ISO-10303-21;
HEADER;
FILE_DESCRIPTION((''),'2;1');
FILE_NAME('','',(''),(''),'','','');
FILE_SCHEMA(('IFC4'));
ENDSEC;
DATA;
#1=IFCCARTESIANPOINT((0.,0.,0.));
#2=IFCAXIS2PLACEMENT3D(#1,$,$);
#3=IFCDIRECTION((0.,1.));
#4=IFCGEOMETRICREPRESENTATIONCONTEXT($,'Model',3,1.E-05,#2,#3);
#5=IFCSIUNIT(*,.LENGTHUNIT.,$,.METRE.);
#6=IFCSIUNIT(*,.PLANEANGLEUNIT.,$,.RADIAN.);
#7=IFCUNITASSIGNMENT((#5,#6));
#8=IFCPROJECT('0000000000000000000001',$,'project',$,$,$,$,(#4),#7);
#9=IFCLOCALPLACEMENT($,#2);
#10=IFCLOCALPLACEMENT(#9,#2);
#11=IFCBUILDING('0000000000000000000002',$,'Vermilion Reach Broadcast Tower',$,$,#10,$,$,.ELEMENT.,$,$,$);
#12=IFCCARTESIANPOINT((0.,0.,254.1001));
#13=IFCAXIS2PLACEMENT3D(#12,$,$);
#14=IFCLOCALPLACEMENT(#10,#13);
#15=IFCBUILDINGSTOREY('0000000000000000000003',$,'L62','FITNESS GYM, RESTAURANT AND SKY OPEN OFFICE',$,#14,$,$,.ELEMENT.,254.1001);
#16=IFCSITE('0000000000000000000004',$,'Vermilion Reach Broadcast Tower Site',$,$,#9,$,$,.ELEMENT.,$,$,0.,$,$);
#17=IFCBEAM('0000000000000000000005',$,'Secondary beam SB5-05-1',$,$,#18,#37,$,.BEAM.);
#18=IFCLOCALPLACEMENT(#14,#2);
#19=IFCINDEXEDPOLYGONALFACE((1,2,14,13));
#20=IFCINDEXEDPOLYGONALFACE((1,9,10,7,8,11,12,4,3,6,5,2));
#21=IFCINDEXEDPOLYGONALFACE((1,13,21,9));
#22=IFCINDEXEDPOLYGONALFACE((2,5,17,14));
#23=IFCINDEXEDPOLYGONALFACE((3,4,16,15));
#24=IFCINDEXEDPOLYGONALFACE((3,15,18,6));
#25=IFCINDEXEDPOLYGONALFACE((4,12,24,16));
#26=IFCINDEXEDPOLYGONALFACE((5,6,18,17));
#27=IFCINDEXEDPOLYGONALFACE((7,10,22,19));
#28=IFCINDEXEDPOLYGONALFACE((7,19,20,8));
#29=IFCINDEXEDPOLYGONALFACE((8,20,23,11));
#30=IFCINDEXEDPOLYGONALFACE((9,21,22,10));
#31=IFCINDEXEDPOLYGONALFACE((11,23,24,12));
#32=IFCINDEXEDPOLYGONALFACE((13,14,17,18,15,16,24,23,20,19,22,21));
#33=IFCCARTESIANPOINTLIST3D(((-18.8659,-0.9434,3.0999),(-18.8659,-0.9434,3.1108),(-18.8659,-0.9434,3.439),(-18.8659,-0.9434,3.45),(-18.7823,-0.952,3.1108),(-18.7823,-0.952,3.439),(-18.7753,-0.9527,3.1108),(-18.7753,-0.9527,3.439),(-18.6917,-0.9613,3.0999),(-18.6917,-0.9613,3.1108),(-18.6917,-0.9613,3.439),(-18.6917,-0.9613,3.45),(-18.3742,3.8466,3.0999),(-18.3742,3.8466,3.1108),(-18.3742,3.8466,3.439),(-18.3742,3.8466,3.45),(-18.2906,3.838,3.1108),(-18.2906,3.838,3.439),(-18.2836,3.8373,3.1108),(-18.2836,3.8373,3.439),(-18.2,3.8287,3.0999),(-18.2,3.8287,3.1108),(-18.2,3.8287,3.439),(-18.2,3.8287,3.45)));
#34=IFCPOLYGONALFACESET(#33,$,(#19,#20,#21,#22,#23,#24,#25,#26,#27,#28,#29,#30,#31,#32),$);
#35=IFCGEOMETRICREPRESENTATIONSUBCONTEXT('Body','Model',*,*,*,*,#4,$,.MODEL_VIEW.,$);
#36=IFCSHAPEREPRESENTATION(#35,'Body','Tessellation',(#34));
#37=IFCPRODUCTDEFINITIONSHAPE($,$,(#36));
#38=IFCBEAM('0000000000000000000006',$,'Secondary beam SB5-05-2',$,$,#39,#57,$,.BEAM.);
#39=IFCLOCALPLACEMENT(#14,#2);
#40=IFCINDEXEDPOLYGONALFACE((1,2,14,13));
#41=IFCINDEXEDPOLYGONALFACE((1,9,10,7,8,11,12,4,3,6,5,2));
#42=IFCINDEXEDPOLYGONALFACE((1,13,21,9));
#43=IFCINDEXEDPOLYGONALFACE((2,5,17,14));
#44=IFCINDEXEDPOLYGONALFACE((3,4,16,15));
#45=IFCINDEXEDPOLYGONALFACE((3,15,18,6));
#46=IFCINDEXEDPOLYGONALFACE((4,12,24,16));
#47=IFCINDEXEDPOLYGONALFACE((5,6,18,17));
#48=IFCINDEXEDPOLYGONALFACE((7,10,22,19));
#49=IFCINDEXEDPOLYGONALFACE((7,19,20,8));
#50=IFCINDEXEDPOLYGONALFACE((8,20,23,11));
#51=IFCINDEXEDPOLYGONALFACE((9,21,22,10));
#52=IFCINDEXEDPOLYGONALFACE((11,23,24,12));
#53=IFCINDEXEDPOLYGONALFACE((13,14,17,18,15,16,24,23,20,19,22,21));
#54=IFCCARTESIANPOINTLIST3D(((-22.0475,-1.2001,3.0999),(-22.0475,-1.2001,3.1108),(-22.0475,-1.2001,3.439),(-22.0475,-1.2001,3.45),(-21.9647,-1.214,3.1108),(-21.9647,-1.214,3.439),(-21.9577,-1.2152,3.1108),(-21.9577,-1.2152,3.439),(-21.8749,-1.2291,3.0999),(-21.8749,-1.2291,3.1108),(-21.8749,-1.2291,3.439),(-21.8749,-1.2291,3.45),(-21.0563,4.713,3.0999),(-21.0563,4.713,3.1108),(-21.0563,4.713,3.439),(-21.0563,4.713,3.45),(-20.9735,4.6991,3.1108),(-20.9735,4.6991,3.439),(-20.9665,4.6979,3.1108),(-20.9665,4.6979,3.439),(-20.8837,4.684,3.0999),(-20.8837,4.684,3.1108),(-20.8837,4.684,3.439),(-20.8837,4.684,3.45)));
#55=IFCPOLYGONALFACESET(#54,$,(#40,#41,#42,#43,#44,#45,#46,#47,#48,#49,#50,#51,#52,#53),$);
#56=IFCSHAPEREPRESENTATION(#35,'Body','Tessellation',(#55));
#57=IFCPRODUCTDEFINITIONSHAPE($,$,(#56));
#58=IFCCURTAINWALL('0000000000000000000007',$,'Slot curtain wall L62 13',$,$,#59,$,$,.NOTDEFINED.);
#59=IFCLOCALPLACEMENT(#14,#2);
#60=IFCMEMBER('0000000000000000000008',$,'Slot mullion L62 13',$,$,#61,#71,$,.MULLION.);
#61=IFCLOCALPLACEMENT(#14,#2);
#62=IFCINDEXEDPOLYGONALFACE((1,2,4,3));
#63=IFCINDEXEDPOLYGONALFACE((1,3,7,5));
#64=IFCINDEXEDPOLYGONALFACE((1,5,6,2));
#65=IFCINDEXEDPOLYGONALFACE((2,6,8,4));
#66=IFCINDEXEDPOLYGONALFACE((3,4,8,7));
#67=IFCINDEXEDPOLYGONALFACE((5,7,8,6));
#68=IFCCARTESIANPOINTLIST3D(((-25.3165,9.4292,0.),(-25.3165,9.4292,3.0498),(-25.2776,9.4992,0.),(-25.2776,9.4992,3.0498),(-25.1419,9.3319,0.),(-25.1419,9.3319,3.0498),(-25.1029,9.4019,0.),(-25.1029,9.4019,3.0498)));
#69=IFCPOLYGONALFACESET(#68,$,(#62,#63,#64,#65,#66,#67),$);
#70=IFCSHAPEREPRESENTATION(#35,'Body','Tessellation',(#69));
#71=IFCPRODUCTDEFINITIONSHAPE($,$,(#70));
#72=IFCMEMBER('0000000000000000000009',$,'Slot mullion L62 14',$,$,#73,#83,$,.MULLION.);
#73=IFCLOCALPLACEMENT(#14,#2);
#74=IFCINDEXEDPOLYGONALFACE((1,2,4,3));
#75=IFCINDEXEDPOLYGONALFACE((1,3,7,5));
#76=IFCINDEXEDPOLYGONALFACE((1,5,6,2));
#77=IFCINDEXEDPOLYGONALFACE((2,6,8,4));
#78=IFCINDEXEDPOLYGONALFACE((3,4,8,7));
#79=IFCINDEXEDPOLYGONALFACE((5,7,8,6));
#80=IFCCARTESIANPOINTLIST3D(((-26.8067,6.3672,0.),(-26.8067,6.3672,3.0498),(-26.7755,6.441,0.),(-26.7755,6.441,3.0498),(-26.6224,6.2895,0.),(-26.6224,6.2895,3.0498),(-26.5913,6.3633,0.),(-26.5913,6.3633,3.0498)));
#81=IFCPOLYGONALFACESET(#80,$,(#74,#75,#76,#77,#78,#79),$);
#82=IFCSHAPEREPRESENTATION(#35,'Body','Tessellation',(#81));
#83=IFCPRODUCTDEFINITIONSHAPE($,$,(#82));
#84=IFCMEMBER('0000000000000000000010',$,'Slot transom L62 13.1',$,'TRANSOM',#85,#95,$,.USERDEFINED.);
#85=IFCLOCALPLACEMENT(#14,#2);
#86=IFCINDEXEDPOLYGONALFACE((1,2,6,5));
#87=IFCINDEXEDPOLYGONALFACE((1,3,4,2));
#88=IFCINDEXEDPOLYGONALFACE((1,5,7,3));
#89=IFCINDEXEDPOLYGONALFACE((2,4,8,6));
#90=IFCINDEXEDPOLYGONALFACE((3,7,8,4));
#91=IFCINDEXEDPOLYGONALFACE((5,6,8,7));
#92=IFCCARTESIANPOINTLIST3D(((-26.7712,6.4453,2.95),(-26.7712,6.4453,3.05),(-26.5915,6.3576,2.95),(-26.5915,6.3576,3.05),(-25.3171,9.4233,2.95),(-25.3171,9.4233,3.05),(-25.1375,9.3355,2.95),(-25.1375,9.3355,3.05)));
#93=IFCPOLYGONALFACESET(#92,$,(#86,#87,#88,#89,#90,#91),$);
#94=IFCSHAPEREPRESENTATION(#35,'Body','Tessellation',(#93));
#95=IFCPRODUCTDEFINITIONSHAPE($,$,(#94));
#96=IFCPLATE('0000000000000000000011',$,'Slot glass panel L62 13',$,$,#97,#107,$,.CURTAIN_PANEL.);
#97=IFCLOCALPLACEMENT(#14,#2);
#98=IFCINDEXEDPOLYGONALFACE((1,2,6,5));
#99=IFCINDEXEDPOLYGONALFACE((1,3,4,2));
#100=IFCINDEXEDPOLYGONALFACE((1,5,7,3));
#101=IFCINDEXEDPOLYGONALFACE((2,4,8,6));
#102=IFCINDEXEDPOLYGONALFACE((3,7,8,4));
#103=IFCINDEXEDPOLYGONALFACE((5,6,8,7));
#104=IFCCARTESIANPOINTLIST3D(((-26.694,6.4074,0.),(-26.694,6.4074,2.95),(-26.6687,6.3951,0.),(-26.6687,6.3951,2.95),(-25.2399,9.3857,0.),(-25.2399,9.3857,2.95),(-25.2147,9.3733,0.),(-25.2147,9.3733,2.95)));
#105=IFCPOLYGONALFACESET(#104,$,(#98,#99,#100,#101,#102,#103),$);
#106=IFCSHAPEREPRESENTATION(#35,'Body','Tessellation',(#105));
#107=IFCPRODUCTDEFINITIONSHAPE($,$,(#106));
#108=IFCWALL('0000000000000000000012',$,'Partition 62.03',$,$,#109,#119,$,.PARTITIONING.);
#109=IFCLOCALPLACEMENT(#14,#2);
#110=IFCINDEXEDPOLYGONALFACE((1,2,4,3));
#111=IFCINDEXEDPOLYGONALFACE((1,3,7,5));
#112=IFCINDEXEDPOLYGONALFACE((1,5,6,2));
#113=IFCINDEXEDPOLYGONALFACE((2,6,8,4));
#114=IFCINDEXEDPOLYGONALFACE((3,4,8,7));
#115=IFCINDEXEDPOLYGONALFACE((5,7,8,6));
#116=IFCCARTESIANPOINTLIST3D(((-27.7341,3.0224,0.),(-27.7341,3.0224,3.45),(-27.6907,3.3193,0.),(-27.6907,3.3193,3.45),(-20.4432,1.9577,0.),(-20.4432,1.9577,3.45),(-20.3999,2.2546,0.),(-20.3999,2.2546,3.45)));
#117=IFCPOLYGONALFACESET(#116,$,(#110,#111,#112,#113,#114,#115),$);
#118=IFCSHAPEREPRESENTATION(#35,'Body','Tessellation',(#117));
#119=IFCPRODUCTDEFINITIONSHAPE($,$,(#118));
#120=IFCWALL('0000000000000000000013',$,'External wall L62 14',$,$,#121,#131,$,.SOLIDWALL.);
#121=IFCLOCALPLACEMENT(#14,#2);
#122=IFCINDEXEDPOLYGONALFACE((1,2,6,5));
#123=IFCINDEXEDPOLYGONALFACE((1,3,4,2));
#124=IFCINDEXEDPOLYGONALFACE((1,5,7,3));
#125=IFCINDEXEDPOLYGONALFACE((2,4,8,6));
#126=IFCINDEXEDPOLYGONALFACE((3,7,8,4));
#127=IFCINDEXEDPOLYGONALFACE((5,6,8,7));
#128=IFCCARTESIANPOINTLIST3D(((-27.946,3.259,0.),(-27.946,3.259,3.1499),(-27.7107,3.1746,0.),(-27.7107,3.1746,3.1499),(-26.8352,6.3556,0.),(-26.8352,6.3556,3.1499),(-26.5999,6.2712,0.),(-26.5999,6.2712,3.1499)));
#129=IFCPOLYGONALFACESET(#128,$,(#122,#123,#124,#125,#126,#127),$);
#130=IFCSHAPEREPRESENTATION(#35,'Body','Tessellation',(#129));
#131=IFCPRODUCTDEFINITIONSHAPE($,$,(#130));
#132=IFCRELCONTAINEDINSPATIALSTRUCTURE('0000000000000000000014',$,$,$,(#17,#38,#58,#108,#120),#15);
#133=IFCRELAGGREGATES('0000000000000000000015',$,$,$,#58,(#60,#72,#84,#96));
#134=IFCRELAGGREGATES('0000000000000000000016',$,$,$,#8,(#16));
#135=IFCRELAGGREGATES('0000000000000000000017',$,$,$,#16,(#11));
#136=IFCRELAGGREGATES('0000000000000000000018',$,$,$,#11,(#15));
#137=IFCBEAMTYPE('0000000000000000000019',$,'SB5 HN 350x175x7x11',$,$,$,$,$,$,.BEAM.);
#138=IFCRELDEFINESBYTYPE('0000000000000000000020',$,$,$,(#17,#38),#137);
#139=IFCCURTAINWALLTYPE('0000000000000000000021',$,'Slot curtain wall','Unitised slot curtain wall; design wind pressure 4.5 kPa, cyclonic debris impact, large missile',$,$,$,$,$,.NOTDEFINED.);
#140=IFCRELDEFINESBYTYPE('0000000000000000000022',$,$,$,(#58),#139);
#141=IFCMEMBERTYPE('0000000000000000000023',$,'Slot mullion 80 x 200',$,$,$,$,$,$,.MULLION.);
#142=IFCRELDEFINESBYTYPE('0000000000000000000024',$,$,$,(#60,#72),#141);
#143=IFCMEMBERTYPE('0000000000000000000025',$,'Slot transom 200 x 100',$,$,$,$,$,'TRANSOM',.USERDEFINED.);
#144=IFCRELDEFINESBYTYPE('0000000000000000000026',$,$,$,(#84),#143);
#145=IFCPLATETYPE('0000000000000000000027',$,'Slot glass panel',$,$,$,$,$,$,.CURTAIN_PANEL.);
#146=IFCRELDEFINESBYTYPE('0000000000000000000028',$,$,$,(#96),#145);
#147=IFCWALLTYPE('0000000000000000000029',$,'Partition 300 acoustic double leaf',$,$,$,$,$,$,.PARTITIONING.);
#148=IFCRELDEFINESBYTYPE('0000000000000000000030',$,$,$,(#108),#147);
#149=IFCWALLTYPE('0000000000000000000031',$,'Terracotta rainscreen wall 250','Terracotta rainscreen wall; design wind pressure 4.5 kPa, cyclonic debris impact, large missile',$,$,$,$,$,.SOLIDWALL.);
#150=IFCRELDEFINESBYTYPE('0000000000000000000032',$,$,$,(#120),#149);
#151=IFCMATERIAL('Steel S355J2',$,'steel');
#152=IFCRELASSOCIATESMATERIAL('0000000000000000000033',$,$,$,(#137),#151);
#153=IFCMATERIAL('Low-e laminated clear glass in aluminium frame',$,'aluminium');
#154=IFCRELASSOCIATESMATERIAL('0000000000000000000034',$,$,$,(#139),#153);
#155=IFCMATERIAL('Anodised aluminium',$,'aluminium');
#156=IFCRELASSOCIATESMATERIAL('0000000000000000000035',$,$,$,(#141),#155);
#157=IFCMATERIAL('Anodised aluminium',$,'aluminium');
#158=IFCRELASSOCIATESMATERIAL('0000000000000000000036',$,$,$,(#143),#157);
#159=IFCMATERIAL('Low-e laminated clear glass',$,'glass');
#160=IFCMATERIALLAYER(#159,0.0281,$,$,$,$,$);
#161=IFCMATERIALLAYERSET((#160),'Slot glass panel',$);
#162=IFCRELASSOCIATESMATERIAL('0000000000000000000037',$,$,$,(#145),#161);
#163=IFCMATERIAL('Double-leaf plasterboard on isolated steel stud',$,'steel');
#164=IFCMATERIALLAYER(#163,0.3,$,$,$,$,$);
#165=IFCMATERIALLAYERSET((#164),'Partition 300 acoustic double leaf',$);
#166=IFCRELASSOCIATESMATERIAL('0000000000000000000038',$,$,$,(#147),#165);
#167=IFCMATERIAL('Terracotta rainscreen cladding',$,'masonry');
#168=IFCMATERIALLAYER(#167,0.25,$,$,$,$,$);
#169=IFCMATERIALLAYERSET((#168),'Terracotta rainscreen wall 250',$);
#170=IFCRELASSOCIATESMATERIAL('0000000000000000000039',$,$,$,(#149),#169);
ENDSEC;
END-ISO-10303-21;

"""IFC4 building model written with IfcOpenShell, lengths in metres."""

from ifc_helpers import new_model, si_unit, direction, frame, frame_2d, origin, origin_2d, place, context, subcontext, project, spatial, rectangle, i_section, extrude, material, layer, layer_set, material_profile, profile_set, type_object, element, aggregate, save


model = new_model("IFC4")

# Units and contexts
model_context = context("Model", 3, precision=1e-05, world=origin(), true_north=direction((0.0, 1.0)))
body_context = subcontext(model_context, "Body", "Model", "MODEL_VIEW")
ifc_project = project(units=[si_unit("LENGTHUNIT", "METRE"), si_unit("PLANEANGLEUNIT", "RADIAN")], contexts=[model_context])

# Site, building, storey
site_placement = place(None, origin())
site = spatial("IfcSite", under=ifc_project, at=site_placement, Name="Vermilion Reach Broadcast Tower Site", CompositionType="ELEMENT", RefElevation=0.0)
building_placement = place(site_placement, origin())
building = spatial("IfcBuilding", under=site, at=building_placement, Name="Vermilion Reach Broadcast Tower", CompositionType="ELEMENT")
storey_placement = place(building_placement, frame((0.0, 0.0, 254.1001)))
storey = spatial("IfcBuildingStorey", under=building, at=storey_placement, Name="L62", Description="FITNESS GYM, RESTAURANT AND SKY OPEN OFFICE", CompositionType="ELEMENT", Elevation=254.1001)

# Beams
ifc_material_1 = material(Name="Steel S355J2", Category="steel")
ifc_material_profile_1 = material_profile(ifc_material_1, i_section(OverallWidth=0.175, OverallDepth=0.3501, WebThickness=0.0071, FlangeThickness=0.011, at=origin_2d()), Name="S355J2 HN 350x175x7x11")
ifc_profile_set_1 = profile_set([ifc_material_profile_1], Name="Steel S355J2")
beam_type_1 = type_object("IfcBeamType", Name="SB5 HN 350x175x7x11", PredefinedType="BEAM", material=ifc_profile_set_1)
beam_1_placement = place(storey_placement, frame((-18.2871, 3.8376, 3.2749), z_axis=(-0.102114, -0.994773, 0.0), x_axis=(0.994773, -0.102114, 0.0)))
element("IfcBeam", 1, at=beam_1_placement, inside=storey, type_object=beam_type_1, Name="Secondary beam SB5-05-1", PredefinedType="BEAM", context=body_context, shape_type="SweptSolid", body=[
    extrude(i_section(OverallWidth=0.175, OverallDepth=0.3501, WebThickness=0.0071, FlangeThickness=0.011, at=origin_2d()), origin(), (0.0, 0.0, 1.0), 4.8152),
])
beam_2_placement = place(storey_placement, frame((-20.97, 4.6985, 3.2749), z_axis=(-0.165323, -0.986239, 0.0), x_axis=(0.986239, -0.165323, 0.0)))
element("IfcBeam", 2, at=beam_2_placement, inside=storey, type_object=beam_type_1, Name="Secondary beam SB5-05-2", PredefinedType="BEAM", context=body_context, shape_type="SweptSolid", body=[
    extrude(i_section(OverallWidth=0.175, OverallDepth=0.3501, WebThickness=0.0071, FlangeThickness=0.011, at=origin_2d()), origin(), (0.0, 0.0, 1.0), 5.9956),
])

# Curtain wall, members, plate
ifc_material_2 = material(Name="Low-e laminated clear glass in aluminium frame", Category="aluminium")
curtain_wall_type = type_object("IfcCurtainWallType", Name="Slot curtain wall", Description="Unitised slot curtain wall; design wind pressure 4.5 kPa, cyclonic debris impact, large missile", PredefinedType="NOTDEFINED", material=ifc_material_2)
curtain_wall_placement = place(storey_placement, origin())
curtain_wall = element("IfcCurtainWall", 3, at=curtain_wall_placement, inside=storey, type_object=curtain_wall_type, Name="Slot curtain wall L62 13", PredefinedType="NOTDEFINED")
ifc_material_3 = material(Name="Anodised aluminium", Category="aluminium")
ifc_material_profile_2 = material_profile(ifc_material_3, rectangle(XDim=0.2, YDim=0.0801, at=origin_2d()), Name="Slot mullion 80 x 200")
ifc_profile_set_2 = profile_set([ifc_material_profile_2], Name="Anodised aluminium")
member_type_1 = type_object("IfcMemberType", Name="Slot mullion 80 x 200", PredefinedType="MULLION", material=ifc_profile_set_2)
member_1_placement = place(storey_placement, frame((-25.2097, 9.4155, 0.0), z_axis=(0.0, 0.0, 1.0), x_axis=(0.873653, -0.48655, 0.0)))
member_1 = element("IfcMember", 4, at=member_1_placement, type_object=member_type_1, Name="Slot mullion L62 13", PredefinedType="MULLION", context=body_context, shape_type="SweptSolid", body=[
    extrude(rectangle(XDim=0.2, YDim=0.0801, at=origin_2d()), origin(), (0.0, 0.0, 1.0), 3.0498),
])
member_2_placement = place(storey_placement, frame((-26.699, 6.3652, 0.0), z_axis=(0.0, 0.0, 1.0), x_axis=(0.921328, -0.388787, 0.0)))
member_2 = element("IfcMember", 5, at=member_2_placement, type_object=member_type_1, Name="Slot mullion L62 14", PredefinedType="MULLION", context=body_context, shape_type="SweptSolid", body=[
    extrude(rectangle(XDim=0.2, YDim=0.0801, at=origin_2d()), origin(), (0.0, 0.0, 1.0), 3.0498),
])
ifc_material_4 = material(Name="Anodised aluminium", Category="aluminium")
ifc_material_profile_3 = material_profile(ifc_material_4, rectangle(XDim=0.2, YDim=0.1001, at=origin_2d()), Name="Slot transom 200 x 100")
ifc_profile_set_3 = profile_set([ifc_material_profile_3], Name="Anodised aluminium")
member_type_2 = type_object("IfcMemberType", Name="Slot transom 200 x 100", ElementType="TRANSOM", PredefinedType="USERDEFINED", material=ifc_profile_set_3)
member_3_placement = place(storey_placement, frame((-25.2273, 9.3794, 3.0), z_axis=(-0.438766, -0.898601, 0.0), x_axis=(0.898601, -0.438766, 0.0)))
member_3 = element("IfcMember", 6, at=member_3_placement, type_object=member_type_2, Name="Slot transom L62 13.1", ObjectType="TRANSOM", PredefinedType="USERDEFINED", context=body_context, shape_type="SweptSolid", body=[
    extrude(rectangle(XDim=0.2, YDim=0.1001, at=origin_2d()), origin(), (0.0, 0.0, 1.0), 3.314),
])
ifc_material_5 = material(Name="Low-e laminated clear glass", Category="glass")
ifc_layer_1 = layer(ifc_material_5, 0.0281)
ifc_layer_set_1 = layer_set([ifc_layer_1], Name="Slot glass panel")
plate_type = type_object("IfcPlateType", Name="Slot glass panel", PredefinedType="CURTAIN_PANEL", material=ifc_layer_set_1)
plate_placement = place(storey_placement, frame((-25.9543, 7.8904, 0.0), z_axis=(0.0, 0.0, 1.0), x_axis=(-0.438723, -0.898622, 0.0)))
plate = element("IfcPlate", 7, at=plate_placement, type_object=plate_type, Name="Slot glass panel L62 13", PredefinedType="CURTAIN_PANEL", context=body_context, shape_type="SweptSolid", body=[
    extrude(rectangle(XDim=3.3142, YDim=0.0281, at=origin_2d()), origin(), (0.0, 0.0, 1.0), 2.95),
])
aggregate(curtain_wall, [member_1, member_2, member_3, plate])

# Walls
ifc_material_6 = material(Name="Double-leaf plasterboard on isolated steel stud", Category="steel")
ifc_layer_2 = layer(ifc_material_6, 0.3)
ifc_layer_set_2 = layer_set([ifc_layer_2], Name="Partition 300 acoustic double leaf")
wall_type_1 = type_object("IfcWallType", Name="Partition 300 acoustic double leaf", PredefinedType="PARTITIONING", material=ifc_layer_set_2)
wall_1_placement = place(storey_placement, frame((-27.7124, 3.1709, 0.0), z_axis=(0.0, 0.0, 1.0), x_axis=(0.989505, -0.144501, 0.0)))
element("IfcWall", 8, at=wall_1_placement, inside=storey, type_object=wall_type_1, Name="Partition 62.03", PredefinedType="PARTITIONING", context=body_context, shape_type="SweptSolid", body=[
    extrude(rectangle(XDim=7.3682, YDim=0.3, at=frame_2d((3.6841, 0.0))), origin(), (0.0, 0.0, 1.0), 3.45),
])
ifc_material_7 = material(Name="Terracotta rainscreen cladding", Category="masonry")
ifc_layer_3 = layer(ifc_material_7, 0.25)
ifc_layer_set_3 = layer_set([ifc_layer_3], Name="Terracotta rainscreen wall 250")
wall_type_2 = type_object("IfcWallType", Name="Terracotta rainscreen wall 250", Description="Terracotta rainscreen wall; design wind pressure 4.5 kPa, cyclonic debris impact, large missile", PredefinedType="SOLIDWALL", material=ifc_layer_set_3)
wall_2_placement = place(storey_placement, frame((-26.7175, 6.3135, 0.0), z_axis=(0.0, 0.0, 1.0), x_axis=(-0.337652, -0.941271, 0.0)))
element("IfcWall", 9, at=wall_2_placement, inside=storey, type_object=wall_type_2, Name="External wall L62 14", PredefinedType="SOLIDWALL", context=body_context, shape_type="SweptSolid", body=[
    extrude(rectangle(XDim=3.2898, YDim=0.25, at=frame_2d((1.645, 0.0))), origin(), (0.0, 0.0, 1.0), 3.1499),
])

save(model, "model.ifc")
